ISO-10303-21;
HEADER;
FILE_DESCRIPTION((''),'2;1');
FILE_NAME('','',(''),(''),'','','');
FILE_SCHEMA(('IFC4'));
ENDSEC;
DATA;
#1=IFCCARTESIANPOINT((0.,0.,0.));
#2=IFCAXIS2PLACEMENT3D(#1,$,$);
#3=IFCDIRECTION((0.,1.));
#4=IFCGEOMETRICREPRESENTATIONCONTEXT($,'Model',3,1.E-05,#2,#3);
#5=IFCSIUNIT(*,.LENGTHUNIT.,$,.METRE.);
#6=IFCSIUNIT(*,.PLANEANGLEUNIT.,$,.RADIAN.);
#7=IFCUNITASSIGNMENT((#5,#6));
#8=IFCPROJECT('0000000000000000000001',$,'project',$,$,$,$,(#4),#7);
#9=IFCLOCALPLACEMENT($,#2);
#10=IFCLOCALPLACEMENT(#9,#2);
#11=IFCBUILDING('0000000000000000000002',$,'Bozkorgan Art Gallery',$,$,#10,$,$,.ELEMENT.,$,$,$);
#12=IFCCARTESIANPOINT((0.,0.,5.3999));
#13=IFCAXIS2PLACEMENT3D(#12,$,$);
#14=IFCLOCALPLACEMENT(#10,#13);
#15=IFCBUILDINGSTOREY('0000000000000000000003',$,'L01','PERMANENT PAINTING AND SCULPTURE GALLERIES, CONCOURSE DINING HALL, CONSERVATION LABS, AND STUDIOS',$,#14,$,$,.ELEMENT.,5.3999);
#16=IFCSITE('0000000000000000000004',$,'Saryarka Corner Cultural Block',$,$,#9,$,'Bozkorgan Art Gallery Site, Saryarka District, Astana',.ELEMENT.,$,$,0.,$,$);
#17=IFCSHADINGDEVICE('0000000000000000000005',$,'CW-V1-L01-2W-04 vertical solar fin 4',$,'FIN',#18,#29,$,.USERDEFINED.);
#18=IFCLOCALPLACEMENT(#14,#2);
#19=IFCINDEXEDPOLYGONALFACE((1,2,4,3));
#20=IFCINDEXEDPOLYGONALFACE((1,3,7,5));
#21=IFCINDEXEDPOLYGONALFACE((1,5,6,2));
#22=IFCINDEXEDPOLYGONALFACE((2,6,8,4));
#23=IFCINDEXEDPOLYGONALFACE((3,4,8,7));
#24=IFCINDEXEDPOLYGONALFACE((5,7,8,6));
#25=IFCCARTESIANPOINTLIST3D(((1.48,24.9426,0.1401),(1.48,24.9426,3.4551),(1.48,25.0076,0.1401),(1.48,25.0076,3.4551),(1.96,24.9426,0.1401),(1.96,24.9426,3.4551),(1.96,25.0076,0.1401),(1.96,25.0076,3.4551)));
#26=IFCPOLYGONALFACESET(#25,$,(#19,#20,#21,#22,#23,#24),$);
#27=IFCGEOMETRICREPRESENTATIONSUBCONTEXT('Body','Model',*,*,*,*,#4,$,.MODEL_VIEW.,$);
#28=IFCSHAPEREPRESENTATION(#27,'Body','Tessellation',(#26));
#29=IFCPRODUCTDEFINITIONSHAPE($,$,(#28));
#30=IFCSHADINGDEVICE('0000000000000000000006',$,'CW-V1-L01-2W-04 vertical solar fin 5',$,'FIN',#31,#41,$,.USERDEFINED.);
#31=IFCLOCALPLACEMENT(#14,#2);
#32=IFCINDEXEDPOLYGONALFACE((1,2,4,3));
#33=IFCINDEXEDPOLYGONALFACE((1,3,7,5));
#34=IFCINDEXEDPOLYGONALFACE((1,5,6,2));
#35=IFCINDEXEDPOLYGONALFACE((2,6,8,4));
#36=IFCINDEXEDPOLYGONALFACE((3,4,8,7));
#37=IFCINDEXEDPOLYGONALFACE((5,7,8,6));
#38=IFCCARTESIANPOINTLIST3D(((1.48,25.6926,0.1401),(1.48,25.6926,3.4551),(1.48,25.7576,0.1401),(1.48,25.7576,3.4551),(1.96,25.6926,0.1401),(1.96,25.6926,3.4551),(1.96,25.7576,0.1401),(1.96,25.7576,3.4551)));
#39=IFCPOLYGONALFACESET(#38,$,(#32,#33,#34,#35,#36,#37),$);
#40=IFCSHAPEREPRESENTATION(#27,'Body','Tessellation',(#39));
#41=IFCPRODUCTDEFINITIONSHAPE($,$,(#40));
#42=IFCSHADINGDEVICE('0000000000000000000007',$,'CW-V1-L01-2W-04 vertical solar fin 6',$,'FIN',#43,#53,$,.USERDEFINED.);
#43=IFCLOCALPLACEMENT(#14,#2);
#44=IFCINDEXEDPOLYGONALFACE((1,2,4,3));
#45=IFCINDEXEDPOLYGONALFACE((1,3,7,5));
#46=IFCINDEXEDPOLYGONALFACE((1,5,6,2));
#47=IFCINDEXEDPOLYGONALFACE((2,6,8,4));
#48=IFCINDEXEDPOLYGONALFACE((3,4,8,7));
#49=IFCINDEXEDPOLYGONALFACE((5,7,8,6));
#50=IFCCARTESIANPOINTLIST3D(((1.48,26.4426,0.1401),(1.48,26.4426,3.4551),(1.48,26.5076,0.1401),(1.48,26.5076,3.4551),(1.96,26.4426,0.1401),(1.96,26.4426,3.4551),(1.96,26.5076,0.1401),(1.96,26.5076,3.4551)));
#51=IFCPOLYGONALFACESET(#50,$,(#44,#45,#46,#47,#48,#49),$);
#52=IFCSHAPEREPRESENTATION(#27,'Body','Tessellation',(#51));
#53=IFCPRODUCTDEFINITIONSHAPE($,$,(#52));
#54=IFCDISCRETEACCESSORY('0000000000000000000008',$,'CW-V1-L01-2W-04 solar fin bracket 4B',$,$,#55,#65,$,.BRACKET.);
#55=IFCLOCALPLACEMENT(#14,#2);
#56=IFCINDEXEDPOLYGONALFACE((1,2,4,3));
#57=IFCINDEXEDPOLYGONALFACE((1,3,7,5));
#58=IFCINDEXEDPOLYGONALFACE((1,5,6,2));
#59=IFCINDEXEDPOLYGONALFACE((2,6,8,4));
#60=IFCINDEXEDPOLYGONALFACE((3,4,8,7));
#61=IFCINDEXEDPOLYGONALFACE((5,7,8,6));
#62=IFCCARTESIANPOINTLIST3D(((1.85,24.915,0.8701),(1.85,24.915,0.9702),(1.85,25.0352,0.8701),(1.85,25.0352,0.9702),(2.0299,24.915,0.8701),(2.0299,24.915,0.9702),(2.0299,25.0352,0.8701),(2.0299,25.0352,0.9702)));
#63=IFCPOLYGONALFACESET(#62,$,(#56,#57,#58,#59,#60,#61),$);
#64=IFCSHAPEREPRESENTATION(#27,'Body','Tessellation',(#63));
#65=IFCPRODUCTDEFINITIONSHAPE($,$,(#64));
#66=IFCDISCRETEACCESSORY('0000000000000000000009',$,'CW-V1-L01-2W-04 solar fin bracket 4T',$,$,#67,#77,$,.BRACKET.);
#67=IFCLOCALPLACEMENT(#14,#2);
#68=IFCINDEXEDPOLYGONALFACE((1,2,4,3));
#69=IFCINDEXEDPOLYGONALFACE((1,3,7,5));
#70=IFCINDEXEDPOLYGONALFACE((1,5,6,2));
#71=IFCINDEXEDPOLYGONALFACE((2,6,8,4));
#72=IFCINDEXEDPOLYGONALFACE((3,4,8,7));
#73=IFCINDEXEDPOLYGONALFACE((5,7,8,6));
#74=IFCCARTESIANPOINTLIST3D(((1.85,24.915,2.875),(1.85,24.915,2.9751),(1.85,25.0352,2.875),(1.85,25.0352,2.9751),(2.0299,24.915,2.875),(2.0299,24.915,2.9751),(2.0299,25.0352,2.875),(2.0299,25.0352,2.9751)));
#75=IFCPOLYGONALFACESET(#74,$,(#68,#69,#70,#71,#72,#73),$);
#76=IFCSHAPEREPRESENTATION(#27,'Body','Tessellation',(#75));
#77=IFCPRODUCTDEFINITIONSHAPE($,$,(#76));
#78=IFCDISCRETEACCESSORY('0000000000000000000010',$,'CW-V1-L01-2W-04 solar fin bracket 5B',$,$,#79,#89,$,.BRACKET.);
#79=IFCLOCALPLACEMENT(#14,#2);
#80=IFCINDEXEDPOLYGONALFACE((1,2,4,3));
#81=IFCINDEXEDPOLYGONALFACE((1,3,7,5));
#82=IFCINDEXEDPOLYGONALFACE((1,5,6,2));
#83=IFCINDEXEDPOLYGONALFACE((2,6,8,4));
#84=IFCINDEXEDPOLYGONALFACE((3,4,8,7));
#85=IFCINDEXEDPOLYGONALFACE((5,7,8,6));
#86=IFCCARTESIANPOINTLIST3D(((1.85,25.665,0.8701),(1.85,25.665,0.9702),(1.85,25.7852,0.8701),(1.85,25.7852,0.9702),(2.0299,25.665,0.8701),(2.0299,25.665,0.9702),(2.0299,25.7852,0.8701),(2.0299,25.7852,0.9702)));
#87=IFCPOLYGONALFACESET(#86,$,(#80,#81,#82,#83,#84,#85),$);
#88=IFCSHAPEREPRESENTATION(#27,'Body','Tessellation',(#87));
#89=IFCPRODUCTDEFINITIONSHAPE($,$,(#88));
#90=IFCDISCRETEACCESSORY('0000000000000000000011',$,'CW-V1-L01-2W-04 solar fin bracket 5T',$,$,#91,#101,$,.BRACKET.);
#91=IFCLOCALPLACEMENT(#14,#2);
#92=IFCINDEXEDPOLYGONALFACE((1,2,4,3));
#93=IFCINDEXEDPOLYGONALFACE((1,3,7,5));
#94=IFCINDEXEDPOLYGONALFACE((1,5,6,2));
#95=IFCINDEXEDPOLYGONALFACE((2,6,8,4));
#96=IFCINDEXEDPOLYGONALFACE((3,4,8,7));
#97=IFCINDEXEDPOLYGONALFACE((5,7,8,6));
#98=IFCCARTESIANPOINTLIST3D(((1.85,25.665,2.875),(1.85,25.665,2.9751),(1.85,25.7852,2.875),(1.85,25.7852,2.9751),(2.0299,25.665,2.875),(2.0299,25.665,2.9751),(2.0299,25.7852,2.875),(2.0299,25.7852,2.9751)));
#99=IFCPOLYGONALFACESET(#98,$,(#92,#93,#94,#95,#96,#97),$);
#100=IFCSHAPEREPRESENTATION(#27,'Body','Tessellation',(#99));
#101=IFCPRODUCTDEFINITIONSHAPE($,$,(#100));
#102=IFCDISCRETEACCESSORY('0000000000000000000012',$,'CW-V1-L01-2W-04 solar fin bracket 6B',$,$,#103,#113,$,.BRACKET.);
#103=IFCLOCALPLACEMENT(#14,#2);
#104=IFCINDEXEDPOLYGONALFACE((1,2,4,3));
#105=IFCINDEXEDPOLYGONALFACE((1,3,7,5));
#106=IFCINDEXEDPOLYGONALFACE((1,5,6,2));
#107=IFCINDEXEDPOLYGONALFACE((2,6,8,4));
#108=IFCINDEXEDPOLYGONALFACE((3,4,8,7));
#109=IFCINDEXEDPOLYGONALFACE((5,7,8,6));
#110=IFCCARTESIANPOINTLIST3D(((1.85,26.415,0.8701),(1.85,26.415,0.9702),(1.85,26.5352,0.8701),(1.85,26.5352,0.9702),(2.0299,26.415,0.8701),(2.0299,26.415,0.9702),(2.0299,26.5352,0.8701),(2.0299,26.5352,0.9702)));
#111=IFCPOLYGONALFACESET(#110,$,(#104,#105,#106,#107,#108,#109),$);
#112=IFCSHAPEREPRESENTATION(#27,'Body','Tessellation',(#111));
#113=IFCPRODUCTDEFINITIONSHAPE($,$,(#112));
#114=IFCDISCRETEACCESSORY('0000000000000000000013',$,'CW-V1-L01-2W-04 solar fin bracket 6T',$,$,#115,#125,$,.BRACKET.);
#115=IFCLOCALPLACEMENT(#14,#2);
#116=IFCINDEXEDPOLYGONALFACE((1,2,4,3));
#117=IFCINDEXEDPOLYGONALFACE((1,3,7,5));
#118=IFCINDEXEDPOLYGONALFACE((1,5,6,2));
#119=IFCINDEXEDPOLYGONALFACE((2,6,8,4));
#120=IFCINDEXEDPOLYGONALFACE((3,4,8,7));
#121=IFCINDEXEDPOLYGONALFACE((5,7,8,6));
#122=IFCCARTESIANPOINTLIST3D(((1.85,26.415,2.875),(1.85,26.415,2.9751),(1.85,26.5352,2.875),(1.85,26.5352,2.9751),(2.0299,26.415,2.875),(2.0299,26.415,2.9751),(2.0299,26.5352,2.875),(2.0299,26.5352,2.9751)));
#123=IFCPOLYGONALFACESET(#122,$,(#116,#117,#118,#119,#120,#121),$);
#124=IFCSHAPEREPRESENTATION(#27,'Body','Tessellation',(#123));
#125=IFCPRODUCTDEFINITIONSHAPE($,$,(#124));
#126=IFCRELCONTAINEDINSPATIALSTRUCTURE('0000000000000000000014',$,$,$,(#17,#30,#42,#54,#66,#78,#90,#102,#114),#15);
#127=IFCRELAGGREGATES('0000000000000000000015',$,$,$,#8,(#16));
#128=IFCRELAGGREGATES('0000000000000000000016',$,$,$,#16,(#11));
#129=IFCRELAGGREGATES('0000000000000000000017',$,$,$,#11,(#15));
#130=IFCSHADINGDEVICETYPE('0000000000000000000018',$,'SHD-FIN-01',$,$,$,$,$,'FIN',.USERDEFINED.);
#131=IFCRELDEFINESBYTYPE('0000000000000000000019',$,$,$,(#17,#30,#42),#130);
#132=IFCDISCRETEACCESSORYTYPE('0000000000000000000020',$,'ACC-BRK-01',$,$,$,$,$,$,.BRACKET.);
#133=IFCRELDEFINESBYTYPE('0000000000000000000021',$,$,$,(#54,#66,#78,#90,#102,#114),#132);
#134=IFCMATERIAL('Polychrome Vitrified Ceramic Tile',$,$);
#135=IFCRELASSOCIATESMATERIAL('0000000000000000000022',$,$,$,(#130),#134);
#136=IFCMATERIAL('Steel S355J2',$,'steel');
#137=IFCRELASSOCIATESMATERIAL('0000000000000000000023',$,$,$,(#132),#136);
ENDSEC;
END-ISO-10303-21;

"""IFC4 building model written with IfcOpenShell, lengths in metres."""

from ifc_helpers import new_model, si_unit, direction, frame, origin, origin_2d, place, context, subcontext, project, spatial, rectangle, extrude, material, type_object, element, save


model = new_model("IFC4")

# Units and contexts
model_context = context("Model", 3, precision=1e-05, world=origin(), true_north=direction((0.0, 1.0)))
body_context = subcontext(model_context, "Body", "Model", "MODEL_VIEW")
ifc_project = project(units=[si_unit("LENGTHUNIT", "METRE"), si_unit("PLANEANGLEUNIT", "RADIAN")], contexts=[model_context])

# Site, building, storey
site_placement = place(None, origin())
site = spatial("IfcSite", under=ifc_project, at=site_placement, Name="Saryarka Corner Cultural Block", LongName="Bozkorgan Art Gallery Site, Saryarka District, Astana", CompositionType="ELEMENT", RefElevation=0.0)
building_placement = place(site_placement, origin())
building = spatial("IfcBuilding", under=site, at=building_placement, Name="Bozkorgan Art Gallery", CompositionType="ELEMENT")
storey_placement = place(building_placement, frame((0.0, 0.0, 5.3999)))
storey = spatial("IfcBuildingStorey", under=building, at=storey_placement, Name="L01", Description="PERMANENT PAINTING AND SCULPTURE GALLERIES, CONCOURSE DINING HALL, CONSERVATION LABS, AND STUDIOS", CompositionType="ELEMENT", Elevation=5.3999)

# Shading devices
ifc_material_1 = material(Name="Polychrome Vitrified Ceramic Tile")
shading_device_type = type_object("IfcShadingDeviceType", Name="SHD-FIN-01", ElementType="FIN", PredefinedType="USERDEFINED", material=ifc_material_1)
for number, where, z_axis, x_axis, name in (
    (1, (1.72, 24.9751, 0.1401), (0.0, 0.0, 1.0), (-1.0, 0.0, 0.0), "CW-V1-L01-2W-04 vertical solar fin 4"),
    (2, (1.72, 25.7251, 0.1401), (0.0, 0.0, 1.0), (-1.0, 0.0, 0.0), "CW-V1-L01-2W-04 vertical solar fin 5"),
    (3, (1.72, 26.4751, 0.1401), (0.0, 0.0, 1.0), (-1.0, 0.0, 0.0), "CW-V1-L01-2W-04 vertical solar fin 6"),
):
    element("IfcShadingDevice", number, at=place(storey_placement, frame(where, z_axis=z_axis, x_axis=x_axis)), inside=storey, type_object=shading_device_type, Name=name, ObjectType="FIN", PredefinedType="USERDEFINED", context=body_context, shape_type="SweptSolid", body=[
        extrude(rectangle(XDim=0.48, YDim=0.0649, at=origin_2d()), origin(), (0.0, 0.0, 1.0), 3.3149),
    ])

# Discrete accessories
ifc_material_2 = material(Name="Steel S355J2", Category="steel")
discrete_accessory_type = type_object("IfcDiscreteAccessoryType", Name="ACC-BRK-01", PredefinedType="BRACKET", material=ifc_material_2)
for number, where, z_axis, x_axis, name in (
    (4, (1.9399, 24.9751, 0.8701), (0.0, 0.0, 1.0), (-1.0, 0.0, 0.0), "CW-V1-L01-2W-04 solar fin bracket 4B"),
    (5, (1.9399, 24.9751, 2.875), (0.0, 0.0, 1.0), (-1.0, 0.0, 0.0), "CW-V1-L01-2W-04 solar fin bracket 4T"),
    (6, (1.9399, 25.7251, 0.8701), (0.0, 0.0, 1.0), (-1.0, 0.0, 0.0), "CW-V1-L01-2W-04 solar fin bracket 5B"),
    (7, (1.9399, 25.7251, 2.875), (0.0, 0.0, 1.0), (-1.0, 0.0, 0.0), "CW-V1-L01-2W-04 solar fin bracket 5T"),
    (8, (1.9399, 26.4751, 0.8701), (0.0, 0.0, 1.0), (-1.0, 0.0, 0.0), "CW-V1-L01-2W-04 solar fin bracket 6B"),
    (9, (1.9399, 26.4751, 2.875), (0.0, 0.0, 1.0), (-1.0, 0.0, 0.0), "CW-V1-L01-2W-04 solar fin bracket 6T"),
):
    element("IfcDiscreteAccessory", number, at=place(storey_placement, frame(where, z_axis=z_axis, x_axis=x_axis)), inside=storey, type_object=discrete_accessory_type, Name=name, PredefinedType="BRACKET", context=body_context, shape_type="SweptSolid", body=[
        extrude(rectangle(XDim=0.1799, YDim=0.1201, at=origin_2d()), origin(), (0.0, 0.0, 1.0), 0.1001),
    ])

save(model, "model.ifc")
